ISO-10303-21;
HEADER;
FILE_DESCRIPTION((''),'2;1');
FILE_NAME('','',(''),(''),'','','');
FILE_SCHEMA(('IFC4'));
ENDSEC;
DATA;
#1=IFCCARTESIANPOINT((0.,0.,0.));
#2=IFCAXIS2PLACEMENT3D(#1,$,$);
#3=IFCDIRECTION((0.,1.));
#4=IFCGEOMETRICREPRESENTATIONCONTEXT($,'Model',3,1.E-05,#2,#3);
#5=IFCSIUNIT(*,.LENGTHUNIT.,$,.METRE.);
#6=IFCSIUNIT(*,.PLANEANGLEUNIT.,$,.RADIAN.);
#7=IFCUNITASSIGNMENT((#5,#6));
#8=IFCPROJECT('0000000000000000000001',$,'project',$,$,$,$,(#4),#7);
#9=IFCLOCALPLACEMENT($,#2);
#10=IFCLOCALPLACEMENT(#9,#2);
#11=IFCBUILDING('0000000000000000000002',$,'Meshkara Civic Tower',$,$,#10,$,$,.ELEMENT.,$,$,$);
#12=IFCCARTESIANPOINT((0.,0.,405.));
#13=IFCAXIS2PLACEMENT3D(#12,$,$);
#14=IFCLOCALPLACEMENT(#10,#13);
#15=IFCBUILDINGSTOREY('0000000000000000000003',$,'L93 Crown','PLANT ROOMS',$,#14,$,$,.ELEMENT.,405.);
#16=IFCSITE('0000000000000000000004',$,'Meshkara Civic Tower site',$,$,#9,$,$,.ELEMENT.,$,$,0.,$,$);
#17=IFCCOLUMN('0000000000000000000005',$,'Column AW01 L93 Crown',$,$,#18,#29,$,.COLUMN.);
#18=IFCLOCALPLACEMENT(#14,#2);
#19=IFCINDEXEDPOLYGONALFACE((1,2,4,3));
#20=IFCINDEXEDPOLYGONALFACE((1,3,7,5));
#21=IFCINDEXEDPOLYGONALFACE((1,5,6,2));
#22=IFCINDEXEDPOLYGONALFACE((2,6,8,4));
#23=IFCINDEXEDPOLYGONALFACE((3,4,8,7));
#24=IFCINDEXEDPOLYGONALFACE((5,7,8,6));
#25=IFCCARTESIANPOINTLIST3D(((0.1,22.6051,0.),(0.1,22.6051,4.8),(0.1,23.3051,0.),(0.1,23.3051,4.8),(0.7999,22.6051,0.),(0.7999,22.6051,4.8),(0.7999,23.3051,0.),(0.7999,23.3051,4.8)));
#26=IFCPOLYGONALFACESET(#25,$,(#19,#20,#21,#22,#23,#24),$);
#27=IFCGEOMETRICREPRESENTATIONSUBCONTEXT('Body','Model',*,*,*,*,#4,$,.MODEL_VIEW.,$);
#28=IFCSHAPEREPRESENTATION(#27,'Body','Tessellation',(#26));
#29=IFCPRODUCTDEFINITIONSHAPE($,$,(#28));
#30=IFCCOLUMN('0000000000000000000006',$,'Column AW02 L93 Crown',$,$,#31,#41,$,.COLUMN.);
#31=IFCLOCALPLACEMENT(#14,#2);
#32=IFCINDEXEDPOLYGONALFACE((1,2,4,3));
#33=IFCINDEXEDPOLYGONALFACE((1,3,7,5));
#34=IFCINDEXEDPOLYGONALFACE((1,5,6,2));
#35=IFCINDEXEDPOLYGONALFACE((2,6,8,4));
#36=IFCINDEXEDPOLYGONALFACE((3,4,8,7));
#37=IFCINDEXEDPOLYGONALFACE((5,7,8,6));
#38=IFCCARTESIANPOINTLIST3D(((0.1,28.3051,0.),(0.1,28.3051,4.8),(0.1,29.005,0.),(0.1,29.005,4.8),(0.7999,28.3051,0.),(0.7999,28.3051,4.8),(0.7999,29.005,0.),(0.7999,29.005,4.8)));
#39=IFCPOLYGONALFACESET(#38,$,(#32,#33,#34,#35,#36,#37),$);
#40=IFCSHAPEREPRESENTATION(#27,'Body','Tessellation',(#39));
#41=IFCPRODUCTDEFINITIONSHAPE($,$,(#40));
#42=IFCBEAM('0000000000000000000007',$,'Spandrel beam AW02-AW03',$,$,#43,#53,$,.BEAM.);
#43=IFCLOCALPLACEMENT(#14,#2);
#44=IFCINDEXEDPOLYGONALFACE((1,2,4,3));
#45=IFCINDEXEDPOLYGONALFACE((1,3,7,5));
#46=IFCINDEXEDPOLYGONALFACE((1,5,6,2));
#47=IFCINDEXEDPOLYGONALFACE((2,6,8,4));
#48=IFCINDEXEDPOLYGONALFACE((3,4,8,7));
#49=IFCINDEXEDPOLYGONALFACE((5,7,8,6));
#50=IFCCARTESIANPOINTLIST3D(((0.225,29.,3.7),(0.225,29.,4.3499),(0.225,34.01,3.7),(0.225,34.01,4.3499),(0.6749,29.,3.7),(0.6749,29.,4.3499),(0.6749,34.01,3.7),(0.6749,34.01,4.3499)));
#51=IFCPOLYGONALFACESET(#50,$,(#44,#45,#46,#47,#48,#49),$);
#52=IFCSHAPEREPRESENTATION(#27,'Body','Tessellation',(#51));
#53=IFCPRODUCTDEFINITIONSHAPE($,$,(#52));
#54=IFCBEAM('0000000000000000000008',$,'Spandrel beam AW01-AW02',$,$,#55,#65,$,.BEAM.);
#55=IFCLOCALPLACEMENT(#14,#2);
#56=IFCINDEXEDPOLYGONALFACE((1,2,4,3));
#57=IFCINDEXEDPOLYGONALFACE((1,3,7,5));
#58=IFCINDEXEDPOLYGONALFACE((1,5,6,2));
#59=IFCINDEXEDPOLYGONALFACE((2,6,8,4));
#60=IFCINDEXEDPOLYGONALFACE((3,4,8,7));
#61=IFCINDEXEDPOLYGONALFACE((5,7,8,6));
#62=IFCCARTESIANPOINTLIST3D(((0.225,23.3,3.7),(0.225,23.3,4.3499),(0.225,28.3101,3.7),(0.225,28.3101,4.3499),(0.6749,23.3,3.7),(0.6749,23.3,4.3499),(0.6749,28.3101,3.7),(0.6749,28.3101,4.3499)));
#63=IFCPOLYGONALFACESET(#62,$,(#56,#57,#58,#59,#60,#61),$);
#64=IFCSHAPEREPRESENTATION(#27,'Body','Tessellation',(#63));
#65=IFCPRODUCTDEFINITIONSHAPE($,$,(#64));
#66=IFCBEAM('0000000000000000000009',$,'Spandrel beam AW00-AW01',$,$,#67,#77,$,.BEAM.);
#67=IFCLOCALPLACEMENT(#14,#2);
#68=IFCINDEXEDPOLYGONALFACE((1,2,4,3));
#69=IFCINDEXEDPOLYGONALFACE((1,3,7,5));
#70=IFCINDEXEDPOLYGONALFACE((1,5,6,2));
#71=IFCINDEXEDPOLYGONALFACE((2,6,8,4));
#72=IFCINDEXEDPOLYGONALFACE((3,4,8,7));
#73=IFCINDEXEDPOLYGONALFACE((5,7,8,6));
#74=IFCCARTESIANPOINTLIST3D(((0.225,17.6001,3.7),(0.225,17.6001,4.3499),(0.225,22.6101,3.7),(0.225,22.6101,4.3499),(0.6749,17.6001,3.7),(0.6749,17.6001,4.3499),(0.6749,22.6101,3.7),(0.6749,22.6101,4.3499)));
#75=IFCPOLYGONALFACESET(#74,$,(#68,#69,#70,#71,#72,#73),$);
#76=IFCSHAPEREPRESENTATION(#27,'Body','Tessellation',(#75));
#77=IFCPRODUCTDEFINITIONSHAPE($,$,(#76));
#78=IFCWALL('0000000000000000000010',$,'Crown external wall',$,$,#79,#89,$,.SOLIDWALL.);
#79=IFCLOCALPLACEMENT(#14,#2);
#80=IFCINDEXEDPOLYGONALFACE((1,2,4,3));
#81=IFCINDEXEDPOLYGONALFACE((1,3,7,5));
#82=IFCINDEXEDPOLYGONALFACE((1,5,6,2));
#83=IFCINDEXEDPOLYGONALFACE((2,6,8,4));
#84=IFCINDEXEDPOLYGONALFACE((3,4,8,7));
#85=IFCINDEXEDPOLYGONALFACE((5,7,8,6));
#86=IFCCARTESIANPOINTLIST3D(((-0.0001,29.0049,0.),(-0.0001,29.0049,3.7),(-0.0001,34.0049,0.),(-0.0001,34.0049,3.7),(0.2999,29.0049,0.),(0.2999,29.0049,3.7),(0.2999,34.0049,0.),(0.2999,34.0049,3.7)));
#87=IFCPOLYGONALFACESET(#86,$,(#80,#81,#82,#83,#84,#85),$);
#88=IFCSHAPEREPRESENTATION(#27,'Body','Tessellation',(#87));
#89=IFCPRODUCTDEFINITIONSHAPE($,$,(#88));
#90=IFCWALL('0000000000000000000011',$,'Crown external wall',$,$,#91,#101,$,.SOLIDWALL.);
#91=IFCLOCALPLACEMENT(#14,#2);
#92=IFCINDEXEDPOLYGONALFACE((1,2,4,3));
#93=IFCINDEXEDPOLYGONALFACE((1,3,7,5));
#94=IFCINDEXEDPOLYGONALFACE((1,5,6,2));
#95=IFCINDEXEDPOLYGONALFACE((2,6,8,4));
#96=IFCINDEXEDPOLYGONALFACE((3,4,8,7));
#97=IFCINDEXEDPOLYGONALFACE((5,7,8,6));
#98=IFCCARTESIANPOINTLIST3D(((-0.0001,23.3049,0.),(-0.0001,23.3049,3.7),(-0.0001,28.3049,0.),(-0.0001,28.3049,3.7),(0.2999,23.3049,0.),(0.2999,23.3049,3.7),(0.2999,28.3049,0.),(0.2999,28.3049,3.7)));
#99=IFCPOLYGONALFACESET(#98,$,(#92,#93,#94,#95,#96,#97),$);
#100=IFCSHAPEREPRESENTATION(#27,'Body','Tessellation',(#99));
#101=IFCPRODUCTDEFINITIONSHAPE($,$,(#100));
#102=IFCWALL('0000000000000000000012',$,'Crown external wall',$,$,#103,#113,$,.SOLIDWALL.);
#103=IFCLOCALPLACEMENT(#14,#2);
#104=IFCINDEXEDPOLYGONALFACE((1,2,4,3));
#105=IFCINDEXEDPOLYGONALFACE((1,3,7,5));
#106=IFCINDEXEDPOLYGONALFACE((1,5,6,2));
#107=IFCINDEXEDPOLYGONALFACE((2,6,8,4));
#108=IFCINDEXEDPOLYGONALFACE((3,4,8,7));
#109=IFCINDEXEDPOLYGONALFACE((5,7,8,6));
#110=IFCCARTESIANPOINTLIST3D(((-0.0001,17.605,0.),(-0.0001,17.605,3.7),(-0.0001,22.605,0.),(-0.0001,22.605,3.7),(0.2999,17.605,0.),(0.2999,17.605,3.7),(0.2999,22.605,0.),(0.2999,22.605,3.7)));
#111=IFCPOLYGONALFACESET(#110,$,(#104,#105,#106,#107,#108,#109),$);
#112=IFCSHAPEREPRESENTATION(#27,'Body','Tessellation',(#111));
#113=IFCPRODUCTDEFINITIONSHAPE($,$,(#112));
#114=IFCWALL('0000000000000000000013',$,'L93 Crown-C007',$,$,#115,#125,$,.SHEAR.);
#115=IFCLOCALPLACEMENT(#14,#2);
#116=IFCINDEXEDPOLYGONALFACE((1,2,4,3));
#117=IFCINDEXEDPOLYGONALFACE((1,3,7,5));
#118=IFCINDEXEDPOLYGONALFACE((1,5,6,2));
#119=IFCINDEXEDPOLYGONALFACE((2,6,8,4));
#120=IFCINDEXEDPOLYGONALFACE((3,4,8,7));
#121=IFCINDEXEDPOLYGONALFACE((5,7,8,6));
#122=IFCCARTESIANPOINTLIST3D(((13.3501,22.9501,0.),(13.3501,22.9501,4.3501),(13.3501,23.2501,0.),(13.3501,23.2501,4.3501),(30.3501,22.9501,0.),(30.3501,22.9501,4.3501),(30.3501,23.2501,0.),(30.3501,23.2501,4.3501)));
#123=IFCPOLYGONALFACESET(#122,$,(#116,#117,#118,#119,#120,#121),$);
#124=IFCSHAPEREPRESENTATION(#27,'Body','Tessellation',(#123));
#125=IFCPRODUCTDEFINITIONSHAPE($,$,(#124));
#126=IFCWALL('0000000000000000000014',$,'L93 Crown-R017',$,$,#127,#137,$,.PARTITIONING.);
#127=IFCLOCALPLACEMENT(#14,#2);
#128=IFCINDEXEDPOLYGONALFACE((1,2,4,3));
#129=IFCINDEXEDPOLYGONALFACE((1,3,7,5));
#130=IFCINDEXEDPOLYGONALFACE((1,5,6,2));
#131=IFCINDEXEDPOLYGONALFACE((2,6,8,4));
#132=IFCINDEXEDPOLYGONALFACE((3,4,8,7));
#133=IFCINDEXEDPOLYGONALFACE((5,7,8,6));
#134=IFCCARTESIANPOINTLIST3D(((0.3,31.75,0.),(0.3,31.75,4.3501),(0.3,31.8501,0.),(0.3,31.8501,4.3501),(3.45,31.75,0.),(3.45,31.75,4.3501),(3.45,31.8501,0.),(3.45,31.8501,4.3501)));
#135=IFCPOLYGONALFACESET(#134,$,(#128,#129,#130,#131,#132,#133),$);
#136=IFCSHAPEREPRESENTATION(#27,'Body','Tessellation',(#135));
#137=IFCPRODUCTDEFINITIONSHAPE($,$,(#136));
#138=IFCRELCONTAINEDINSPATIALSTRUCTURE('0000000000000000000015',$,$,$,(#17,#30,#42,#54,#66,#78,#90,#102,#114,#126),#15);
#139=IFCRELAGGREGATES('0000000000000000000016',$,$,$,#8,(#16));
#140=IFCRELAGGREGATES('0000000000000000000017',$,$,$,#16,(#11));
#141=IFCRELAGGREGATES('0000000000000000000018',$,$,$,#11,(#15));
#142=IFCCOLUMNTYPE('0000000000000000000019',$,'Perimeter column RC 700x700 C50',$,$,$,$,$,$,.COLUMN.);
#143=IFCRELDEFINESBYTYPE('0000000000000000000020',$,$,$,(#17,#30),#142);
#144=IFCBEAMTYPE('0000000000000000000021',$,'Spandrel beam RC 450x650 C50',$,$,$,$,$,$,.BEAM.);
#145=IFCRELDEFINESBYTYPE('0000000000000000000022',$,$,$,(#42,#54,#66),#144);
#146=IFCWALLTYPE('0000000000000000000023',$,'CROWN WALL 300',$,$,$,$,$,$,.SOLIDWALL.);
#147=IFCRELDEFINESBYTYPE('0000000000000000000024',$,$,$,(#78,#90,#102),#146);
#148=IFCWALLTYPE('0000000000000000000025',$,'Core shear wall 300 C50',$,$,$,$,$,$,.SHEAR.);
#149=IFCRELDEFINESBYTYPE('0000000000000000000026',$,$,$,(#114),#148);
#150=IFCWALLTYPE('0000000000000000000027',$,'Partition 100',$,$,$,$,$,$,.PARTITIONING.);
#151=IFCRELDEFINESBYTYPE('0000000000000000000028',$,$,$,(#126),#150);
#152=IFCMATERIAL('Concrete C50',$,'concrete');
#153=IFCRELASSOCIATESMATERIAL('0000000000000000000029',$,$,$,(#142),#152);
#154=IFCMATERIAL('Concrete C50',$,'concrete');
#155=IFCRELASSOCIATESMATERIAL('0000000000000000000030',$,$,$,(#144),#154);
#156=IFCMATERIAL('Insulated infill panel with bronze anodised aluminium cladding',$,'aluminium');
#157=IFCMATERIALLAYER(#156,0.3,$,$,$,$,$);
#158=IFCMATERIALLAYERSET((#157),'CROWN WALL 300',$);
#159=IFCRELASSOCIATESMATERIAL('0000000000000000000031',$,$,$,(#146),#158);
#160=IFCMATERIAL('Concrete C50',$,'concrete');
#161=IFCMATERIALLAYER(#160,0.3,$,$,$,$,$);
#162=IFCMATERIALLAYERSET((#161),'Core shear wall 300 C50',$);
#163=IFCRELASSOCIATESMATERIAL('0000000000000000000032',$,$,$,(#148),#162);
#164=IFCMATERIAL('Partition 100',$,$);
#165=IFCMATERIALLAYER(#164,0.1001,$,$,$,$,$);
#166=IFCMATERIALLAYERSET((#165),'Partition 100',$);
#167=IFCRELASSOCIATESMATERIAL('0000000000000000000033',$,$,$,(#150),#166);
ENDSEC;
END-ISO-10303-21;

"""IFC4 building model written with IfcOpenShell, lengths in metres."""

from ifc_helpers import new_model, si_unit, direction, frame, frame_2d, origin, origin_2d, place, context, subcontext, project, spatial, rectangle, extrude, material, layer, layer_set, material_profile, profile_set, type_object, element, save


model = new_model("IFC4")

# Units and contexts
model_context = context("Model", 3, precision=1e-05, world=origin(), true_north=direction((0.0, 1.0)))
body_context = subcontext(model_context, "Body", "Model", "MODEL_VIEW")
ifc_project = project(units=[si_unit("LENGTHUNIT", "METRE"), si_unit("PLANEANGLEUNIT", "RADIAN")], contexts=[model_context])

# Site, building, storey
site_placement = place(None, origin())
site = spatial("IfcSite", under=ifc_project, at=site_placement, Name="Meshkara Civic Tower site", CompositionType="ELEMENT", RefElevation=0.0)
building_placement = place(site_placement, origin())
building = spatial("IfcBuilding", under=site, at=building_placement, Name="Meshkara Civic Tower", CompositionType="ELEMENT")
storey_placement = place(building_placement, frame((0.0, 0.0, 405.0)))
storey = spatial("IfcBuildingStorey", under=building, at=storey_placement, Name="L93 Crown", Description="PLANT ROOMS", CompositionType="ELEMENT", Elevation=405.0)

# Columns
ifc_material_1 = material(Name="Concrete C50", Category="concrete")
ifc_material_profile_1 = material_profile(ifc_material_1, rectangle(XDim=0.7, YDim=0.7, at=origin_2d()))
ifc_profile_set_1 = profile_set([ifc_material_profile_1], Name="Concrete C50")
column_type = type_object("IfcColumnType", Name="Perimeter column RC 700x700 C50", PredefinedType="COLUMN", material=ifc_profile_set_1)
for number, where, z_axis, x_axis, name in (
    (1, (0.45, 22.9551, 0.0), (0.0, 0.0, 1.0), (1.0, 0.0, 0.0), "Column AW01 L93 Crown"),
    (2, (0.45, 28.655, 0.0), (0.0, 0.0, 1.0), (1.0, 0.0, 0.0), "Column AW02 L93 Crown"),
):
    element("IfcColumn", number, at=place(storey_placement, frame(where, z_axis=z_axis, x_axis=x_axis)), inside=storey, type_object=column_type, Name=name, PredefinedType="COLUMN", context=body_context, shape_type="SweptSolid", body=[
        extrude(rectangle(XDim=0.7, YDim=0.7, at=origin_2d()), origin(), (0.0, 0.0, 1.0), 4.8),
    ])

# Beams
ifc_material_2 = material(Name="Concrete C50", Category="concrete")
ifc_material_profile_2 = material_profile(ifc_material_2, rectangle(XDim=0.45, YDim=0.6499, at=origin_2d()))
ifc_profile_set_2 = profile_set([ifc_material_profile_2], Name="Concrete C50")
beam_type = type_object("IfcBeamType", Name="Spandrel beam RC 450x650 C50", PredefinedType="BEAM", material=ifc_profile_set_2)
for number, where, z_axis, x_axis, name in (
    (3, (0.45, 34.01, 4.0249), (0.0, -1.0, 0.0), (1.0, 0.0, 0.0), "Spandrel beam AW02-AW03"),
    (4, (0.45, 28.3101, 4.0249), (0.0, -1.0, 0.0), (1.0, 0.0, 0.0), "Spandrel beam AW01-AW02"),
    (5, (0.45, 22.6101, 4.0249), (0.0, -1.0, 0.0), (1.0, 0.0, 0.0), "Spandrel beam AW00-AW01"),
):
    element("IfcBeam", number, at=place(storey_placement, frame(where, z_axis=z_axis, x_axis=x_axis)), inside=storey, type_object=beam_type, Name=name, PredefinedType="BEAM", context=body_context, shape_type="SweptSolid", body=[
        extrude(rectangle(XDim=0.45, YDim=0.6499, at=origin_2d()), origin(), (0.0, 0.0, 1.0), 5.01),
    ])

# Walls
ifc_material_3 = material(Name="Insulated infill panel with bronze anodised aluminium cladding", Category="aluminium")
ifc_layer_1 = layer(ifc_material_3, 0.3)
ifc_layer_set_1 = layer_set([ifc_layer_1], Name="CROWN WALL 300")
wall_type_1 = type_object("IfcWallType", Name="CROWN WALL 300", PredefinedType="SOLIDWALL", material=ifc_layer_set_1)
for number, where, z_axis, x_axis, name in (
    (6, (0.1499, 34.0049, 0.0), (0.0, 0.0, 1.0), (0.0, -1.0, 0.0), "Crown external wall"),
    (7, (0.1499, 28.3049, 0.0), (0.0, 0.0, 1.0), (0.0, -1.0, 0.0), "Crown external wall"),
    (8, (0.1499, 22.605, 0.0), (0.0, 0.0, 1.0), (0.0, -1.0, 0.0), "Crown external wall"),
):
    element("IfcWall", number, at=place(storey_placement, frame(where, z_axis=z_axis, x_axis=x_axis)), inside=storey, type_object=wall_type_1, Name=name, PredefinedType="SOLIDWALL", context=body_context, shape_type="SweptSolid", body=[
        extrude(rectangle(XDim=5.0, YDim=0.3, at=frame_2d((2.5, 0.0))), origin(), (0.0, 0.0, 1.0), 3.7),
    ])
ifc_material_4 = material(Name="Concrete C50", Category="concrete")
ifc_layer_2 = layer(ifc_material_4, 0.3)
ifc_layer_set_2 = layer_set([ifc_layer_2], Name="Core shear wall 300 C50")
wall_type_2 = type_object("IfcWallType", Name="Core shear wall 300 C50", PredefinedType="SHEAR", material=ifc_layer_set_2)
wall_1_placement = place(storey_placement, frame((13.3501, 23.1001, 0.0), z_axis=(0.0, 0.0, 1.0), x_axis=(1.0, 0.0, 0.0)))
element("IfcWall", 9, at=wall_1_placement, inside=storey, type_object=wall_type_2, Name="L93 Crown-C007", PredefinedType="SHEAR", context=body_context, shape_type="SweptSolid", body=[
    extrude(rectangle(XDim=17.0, YDim=0.3, at=frame_2d((8.5, 0.0))), origin(), (0.0, 0.0, 1.0), 4.3501),
])
ifc_material_5 = material(Name="Partition 100")
ifc_layer_3 = layer(ifc_material_5, 0.1001)
ifc_layer_set_3 = layer_set([ifc_layer_3], Name="Partition 100")
wall_type_3 = type_object("IfcWallType", Name="Partition 100", PredefinedType="PARTITIONING", material=ifc_layer_set_3)
wall_2_placement = place(storey_placement, frame((3.45, 31.8, 0.0), z_axis=(0.0, 0.0, 1.0), x_axis=(-1.0, 0.0, 0.0)))
element("IfcWall", 10, at=wall_2_placement, inside=storey, type_object=wall_type_3, Name="L93 Crown-R017", PredefinedType="PARTITIONING", context=body_context, shape_type="SweptSolid", body=[
    extrude(rectangle(XDim=3.1499, YDim=0.1001, at=frame_2d((1.575, 0.0))), origin(), (0.0, 0.0, 1.0), 4.3501),
])

save(model, "model.ifc")
